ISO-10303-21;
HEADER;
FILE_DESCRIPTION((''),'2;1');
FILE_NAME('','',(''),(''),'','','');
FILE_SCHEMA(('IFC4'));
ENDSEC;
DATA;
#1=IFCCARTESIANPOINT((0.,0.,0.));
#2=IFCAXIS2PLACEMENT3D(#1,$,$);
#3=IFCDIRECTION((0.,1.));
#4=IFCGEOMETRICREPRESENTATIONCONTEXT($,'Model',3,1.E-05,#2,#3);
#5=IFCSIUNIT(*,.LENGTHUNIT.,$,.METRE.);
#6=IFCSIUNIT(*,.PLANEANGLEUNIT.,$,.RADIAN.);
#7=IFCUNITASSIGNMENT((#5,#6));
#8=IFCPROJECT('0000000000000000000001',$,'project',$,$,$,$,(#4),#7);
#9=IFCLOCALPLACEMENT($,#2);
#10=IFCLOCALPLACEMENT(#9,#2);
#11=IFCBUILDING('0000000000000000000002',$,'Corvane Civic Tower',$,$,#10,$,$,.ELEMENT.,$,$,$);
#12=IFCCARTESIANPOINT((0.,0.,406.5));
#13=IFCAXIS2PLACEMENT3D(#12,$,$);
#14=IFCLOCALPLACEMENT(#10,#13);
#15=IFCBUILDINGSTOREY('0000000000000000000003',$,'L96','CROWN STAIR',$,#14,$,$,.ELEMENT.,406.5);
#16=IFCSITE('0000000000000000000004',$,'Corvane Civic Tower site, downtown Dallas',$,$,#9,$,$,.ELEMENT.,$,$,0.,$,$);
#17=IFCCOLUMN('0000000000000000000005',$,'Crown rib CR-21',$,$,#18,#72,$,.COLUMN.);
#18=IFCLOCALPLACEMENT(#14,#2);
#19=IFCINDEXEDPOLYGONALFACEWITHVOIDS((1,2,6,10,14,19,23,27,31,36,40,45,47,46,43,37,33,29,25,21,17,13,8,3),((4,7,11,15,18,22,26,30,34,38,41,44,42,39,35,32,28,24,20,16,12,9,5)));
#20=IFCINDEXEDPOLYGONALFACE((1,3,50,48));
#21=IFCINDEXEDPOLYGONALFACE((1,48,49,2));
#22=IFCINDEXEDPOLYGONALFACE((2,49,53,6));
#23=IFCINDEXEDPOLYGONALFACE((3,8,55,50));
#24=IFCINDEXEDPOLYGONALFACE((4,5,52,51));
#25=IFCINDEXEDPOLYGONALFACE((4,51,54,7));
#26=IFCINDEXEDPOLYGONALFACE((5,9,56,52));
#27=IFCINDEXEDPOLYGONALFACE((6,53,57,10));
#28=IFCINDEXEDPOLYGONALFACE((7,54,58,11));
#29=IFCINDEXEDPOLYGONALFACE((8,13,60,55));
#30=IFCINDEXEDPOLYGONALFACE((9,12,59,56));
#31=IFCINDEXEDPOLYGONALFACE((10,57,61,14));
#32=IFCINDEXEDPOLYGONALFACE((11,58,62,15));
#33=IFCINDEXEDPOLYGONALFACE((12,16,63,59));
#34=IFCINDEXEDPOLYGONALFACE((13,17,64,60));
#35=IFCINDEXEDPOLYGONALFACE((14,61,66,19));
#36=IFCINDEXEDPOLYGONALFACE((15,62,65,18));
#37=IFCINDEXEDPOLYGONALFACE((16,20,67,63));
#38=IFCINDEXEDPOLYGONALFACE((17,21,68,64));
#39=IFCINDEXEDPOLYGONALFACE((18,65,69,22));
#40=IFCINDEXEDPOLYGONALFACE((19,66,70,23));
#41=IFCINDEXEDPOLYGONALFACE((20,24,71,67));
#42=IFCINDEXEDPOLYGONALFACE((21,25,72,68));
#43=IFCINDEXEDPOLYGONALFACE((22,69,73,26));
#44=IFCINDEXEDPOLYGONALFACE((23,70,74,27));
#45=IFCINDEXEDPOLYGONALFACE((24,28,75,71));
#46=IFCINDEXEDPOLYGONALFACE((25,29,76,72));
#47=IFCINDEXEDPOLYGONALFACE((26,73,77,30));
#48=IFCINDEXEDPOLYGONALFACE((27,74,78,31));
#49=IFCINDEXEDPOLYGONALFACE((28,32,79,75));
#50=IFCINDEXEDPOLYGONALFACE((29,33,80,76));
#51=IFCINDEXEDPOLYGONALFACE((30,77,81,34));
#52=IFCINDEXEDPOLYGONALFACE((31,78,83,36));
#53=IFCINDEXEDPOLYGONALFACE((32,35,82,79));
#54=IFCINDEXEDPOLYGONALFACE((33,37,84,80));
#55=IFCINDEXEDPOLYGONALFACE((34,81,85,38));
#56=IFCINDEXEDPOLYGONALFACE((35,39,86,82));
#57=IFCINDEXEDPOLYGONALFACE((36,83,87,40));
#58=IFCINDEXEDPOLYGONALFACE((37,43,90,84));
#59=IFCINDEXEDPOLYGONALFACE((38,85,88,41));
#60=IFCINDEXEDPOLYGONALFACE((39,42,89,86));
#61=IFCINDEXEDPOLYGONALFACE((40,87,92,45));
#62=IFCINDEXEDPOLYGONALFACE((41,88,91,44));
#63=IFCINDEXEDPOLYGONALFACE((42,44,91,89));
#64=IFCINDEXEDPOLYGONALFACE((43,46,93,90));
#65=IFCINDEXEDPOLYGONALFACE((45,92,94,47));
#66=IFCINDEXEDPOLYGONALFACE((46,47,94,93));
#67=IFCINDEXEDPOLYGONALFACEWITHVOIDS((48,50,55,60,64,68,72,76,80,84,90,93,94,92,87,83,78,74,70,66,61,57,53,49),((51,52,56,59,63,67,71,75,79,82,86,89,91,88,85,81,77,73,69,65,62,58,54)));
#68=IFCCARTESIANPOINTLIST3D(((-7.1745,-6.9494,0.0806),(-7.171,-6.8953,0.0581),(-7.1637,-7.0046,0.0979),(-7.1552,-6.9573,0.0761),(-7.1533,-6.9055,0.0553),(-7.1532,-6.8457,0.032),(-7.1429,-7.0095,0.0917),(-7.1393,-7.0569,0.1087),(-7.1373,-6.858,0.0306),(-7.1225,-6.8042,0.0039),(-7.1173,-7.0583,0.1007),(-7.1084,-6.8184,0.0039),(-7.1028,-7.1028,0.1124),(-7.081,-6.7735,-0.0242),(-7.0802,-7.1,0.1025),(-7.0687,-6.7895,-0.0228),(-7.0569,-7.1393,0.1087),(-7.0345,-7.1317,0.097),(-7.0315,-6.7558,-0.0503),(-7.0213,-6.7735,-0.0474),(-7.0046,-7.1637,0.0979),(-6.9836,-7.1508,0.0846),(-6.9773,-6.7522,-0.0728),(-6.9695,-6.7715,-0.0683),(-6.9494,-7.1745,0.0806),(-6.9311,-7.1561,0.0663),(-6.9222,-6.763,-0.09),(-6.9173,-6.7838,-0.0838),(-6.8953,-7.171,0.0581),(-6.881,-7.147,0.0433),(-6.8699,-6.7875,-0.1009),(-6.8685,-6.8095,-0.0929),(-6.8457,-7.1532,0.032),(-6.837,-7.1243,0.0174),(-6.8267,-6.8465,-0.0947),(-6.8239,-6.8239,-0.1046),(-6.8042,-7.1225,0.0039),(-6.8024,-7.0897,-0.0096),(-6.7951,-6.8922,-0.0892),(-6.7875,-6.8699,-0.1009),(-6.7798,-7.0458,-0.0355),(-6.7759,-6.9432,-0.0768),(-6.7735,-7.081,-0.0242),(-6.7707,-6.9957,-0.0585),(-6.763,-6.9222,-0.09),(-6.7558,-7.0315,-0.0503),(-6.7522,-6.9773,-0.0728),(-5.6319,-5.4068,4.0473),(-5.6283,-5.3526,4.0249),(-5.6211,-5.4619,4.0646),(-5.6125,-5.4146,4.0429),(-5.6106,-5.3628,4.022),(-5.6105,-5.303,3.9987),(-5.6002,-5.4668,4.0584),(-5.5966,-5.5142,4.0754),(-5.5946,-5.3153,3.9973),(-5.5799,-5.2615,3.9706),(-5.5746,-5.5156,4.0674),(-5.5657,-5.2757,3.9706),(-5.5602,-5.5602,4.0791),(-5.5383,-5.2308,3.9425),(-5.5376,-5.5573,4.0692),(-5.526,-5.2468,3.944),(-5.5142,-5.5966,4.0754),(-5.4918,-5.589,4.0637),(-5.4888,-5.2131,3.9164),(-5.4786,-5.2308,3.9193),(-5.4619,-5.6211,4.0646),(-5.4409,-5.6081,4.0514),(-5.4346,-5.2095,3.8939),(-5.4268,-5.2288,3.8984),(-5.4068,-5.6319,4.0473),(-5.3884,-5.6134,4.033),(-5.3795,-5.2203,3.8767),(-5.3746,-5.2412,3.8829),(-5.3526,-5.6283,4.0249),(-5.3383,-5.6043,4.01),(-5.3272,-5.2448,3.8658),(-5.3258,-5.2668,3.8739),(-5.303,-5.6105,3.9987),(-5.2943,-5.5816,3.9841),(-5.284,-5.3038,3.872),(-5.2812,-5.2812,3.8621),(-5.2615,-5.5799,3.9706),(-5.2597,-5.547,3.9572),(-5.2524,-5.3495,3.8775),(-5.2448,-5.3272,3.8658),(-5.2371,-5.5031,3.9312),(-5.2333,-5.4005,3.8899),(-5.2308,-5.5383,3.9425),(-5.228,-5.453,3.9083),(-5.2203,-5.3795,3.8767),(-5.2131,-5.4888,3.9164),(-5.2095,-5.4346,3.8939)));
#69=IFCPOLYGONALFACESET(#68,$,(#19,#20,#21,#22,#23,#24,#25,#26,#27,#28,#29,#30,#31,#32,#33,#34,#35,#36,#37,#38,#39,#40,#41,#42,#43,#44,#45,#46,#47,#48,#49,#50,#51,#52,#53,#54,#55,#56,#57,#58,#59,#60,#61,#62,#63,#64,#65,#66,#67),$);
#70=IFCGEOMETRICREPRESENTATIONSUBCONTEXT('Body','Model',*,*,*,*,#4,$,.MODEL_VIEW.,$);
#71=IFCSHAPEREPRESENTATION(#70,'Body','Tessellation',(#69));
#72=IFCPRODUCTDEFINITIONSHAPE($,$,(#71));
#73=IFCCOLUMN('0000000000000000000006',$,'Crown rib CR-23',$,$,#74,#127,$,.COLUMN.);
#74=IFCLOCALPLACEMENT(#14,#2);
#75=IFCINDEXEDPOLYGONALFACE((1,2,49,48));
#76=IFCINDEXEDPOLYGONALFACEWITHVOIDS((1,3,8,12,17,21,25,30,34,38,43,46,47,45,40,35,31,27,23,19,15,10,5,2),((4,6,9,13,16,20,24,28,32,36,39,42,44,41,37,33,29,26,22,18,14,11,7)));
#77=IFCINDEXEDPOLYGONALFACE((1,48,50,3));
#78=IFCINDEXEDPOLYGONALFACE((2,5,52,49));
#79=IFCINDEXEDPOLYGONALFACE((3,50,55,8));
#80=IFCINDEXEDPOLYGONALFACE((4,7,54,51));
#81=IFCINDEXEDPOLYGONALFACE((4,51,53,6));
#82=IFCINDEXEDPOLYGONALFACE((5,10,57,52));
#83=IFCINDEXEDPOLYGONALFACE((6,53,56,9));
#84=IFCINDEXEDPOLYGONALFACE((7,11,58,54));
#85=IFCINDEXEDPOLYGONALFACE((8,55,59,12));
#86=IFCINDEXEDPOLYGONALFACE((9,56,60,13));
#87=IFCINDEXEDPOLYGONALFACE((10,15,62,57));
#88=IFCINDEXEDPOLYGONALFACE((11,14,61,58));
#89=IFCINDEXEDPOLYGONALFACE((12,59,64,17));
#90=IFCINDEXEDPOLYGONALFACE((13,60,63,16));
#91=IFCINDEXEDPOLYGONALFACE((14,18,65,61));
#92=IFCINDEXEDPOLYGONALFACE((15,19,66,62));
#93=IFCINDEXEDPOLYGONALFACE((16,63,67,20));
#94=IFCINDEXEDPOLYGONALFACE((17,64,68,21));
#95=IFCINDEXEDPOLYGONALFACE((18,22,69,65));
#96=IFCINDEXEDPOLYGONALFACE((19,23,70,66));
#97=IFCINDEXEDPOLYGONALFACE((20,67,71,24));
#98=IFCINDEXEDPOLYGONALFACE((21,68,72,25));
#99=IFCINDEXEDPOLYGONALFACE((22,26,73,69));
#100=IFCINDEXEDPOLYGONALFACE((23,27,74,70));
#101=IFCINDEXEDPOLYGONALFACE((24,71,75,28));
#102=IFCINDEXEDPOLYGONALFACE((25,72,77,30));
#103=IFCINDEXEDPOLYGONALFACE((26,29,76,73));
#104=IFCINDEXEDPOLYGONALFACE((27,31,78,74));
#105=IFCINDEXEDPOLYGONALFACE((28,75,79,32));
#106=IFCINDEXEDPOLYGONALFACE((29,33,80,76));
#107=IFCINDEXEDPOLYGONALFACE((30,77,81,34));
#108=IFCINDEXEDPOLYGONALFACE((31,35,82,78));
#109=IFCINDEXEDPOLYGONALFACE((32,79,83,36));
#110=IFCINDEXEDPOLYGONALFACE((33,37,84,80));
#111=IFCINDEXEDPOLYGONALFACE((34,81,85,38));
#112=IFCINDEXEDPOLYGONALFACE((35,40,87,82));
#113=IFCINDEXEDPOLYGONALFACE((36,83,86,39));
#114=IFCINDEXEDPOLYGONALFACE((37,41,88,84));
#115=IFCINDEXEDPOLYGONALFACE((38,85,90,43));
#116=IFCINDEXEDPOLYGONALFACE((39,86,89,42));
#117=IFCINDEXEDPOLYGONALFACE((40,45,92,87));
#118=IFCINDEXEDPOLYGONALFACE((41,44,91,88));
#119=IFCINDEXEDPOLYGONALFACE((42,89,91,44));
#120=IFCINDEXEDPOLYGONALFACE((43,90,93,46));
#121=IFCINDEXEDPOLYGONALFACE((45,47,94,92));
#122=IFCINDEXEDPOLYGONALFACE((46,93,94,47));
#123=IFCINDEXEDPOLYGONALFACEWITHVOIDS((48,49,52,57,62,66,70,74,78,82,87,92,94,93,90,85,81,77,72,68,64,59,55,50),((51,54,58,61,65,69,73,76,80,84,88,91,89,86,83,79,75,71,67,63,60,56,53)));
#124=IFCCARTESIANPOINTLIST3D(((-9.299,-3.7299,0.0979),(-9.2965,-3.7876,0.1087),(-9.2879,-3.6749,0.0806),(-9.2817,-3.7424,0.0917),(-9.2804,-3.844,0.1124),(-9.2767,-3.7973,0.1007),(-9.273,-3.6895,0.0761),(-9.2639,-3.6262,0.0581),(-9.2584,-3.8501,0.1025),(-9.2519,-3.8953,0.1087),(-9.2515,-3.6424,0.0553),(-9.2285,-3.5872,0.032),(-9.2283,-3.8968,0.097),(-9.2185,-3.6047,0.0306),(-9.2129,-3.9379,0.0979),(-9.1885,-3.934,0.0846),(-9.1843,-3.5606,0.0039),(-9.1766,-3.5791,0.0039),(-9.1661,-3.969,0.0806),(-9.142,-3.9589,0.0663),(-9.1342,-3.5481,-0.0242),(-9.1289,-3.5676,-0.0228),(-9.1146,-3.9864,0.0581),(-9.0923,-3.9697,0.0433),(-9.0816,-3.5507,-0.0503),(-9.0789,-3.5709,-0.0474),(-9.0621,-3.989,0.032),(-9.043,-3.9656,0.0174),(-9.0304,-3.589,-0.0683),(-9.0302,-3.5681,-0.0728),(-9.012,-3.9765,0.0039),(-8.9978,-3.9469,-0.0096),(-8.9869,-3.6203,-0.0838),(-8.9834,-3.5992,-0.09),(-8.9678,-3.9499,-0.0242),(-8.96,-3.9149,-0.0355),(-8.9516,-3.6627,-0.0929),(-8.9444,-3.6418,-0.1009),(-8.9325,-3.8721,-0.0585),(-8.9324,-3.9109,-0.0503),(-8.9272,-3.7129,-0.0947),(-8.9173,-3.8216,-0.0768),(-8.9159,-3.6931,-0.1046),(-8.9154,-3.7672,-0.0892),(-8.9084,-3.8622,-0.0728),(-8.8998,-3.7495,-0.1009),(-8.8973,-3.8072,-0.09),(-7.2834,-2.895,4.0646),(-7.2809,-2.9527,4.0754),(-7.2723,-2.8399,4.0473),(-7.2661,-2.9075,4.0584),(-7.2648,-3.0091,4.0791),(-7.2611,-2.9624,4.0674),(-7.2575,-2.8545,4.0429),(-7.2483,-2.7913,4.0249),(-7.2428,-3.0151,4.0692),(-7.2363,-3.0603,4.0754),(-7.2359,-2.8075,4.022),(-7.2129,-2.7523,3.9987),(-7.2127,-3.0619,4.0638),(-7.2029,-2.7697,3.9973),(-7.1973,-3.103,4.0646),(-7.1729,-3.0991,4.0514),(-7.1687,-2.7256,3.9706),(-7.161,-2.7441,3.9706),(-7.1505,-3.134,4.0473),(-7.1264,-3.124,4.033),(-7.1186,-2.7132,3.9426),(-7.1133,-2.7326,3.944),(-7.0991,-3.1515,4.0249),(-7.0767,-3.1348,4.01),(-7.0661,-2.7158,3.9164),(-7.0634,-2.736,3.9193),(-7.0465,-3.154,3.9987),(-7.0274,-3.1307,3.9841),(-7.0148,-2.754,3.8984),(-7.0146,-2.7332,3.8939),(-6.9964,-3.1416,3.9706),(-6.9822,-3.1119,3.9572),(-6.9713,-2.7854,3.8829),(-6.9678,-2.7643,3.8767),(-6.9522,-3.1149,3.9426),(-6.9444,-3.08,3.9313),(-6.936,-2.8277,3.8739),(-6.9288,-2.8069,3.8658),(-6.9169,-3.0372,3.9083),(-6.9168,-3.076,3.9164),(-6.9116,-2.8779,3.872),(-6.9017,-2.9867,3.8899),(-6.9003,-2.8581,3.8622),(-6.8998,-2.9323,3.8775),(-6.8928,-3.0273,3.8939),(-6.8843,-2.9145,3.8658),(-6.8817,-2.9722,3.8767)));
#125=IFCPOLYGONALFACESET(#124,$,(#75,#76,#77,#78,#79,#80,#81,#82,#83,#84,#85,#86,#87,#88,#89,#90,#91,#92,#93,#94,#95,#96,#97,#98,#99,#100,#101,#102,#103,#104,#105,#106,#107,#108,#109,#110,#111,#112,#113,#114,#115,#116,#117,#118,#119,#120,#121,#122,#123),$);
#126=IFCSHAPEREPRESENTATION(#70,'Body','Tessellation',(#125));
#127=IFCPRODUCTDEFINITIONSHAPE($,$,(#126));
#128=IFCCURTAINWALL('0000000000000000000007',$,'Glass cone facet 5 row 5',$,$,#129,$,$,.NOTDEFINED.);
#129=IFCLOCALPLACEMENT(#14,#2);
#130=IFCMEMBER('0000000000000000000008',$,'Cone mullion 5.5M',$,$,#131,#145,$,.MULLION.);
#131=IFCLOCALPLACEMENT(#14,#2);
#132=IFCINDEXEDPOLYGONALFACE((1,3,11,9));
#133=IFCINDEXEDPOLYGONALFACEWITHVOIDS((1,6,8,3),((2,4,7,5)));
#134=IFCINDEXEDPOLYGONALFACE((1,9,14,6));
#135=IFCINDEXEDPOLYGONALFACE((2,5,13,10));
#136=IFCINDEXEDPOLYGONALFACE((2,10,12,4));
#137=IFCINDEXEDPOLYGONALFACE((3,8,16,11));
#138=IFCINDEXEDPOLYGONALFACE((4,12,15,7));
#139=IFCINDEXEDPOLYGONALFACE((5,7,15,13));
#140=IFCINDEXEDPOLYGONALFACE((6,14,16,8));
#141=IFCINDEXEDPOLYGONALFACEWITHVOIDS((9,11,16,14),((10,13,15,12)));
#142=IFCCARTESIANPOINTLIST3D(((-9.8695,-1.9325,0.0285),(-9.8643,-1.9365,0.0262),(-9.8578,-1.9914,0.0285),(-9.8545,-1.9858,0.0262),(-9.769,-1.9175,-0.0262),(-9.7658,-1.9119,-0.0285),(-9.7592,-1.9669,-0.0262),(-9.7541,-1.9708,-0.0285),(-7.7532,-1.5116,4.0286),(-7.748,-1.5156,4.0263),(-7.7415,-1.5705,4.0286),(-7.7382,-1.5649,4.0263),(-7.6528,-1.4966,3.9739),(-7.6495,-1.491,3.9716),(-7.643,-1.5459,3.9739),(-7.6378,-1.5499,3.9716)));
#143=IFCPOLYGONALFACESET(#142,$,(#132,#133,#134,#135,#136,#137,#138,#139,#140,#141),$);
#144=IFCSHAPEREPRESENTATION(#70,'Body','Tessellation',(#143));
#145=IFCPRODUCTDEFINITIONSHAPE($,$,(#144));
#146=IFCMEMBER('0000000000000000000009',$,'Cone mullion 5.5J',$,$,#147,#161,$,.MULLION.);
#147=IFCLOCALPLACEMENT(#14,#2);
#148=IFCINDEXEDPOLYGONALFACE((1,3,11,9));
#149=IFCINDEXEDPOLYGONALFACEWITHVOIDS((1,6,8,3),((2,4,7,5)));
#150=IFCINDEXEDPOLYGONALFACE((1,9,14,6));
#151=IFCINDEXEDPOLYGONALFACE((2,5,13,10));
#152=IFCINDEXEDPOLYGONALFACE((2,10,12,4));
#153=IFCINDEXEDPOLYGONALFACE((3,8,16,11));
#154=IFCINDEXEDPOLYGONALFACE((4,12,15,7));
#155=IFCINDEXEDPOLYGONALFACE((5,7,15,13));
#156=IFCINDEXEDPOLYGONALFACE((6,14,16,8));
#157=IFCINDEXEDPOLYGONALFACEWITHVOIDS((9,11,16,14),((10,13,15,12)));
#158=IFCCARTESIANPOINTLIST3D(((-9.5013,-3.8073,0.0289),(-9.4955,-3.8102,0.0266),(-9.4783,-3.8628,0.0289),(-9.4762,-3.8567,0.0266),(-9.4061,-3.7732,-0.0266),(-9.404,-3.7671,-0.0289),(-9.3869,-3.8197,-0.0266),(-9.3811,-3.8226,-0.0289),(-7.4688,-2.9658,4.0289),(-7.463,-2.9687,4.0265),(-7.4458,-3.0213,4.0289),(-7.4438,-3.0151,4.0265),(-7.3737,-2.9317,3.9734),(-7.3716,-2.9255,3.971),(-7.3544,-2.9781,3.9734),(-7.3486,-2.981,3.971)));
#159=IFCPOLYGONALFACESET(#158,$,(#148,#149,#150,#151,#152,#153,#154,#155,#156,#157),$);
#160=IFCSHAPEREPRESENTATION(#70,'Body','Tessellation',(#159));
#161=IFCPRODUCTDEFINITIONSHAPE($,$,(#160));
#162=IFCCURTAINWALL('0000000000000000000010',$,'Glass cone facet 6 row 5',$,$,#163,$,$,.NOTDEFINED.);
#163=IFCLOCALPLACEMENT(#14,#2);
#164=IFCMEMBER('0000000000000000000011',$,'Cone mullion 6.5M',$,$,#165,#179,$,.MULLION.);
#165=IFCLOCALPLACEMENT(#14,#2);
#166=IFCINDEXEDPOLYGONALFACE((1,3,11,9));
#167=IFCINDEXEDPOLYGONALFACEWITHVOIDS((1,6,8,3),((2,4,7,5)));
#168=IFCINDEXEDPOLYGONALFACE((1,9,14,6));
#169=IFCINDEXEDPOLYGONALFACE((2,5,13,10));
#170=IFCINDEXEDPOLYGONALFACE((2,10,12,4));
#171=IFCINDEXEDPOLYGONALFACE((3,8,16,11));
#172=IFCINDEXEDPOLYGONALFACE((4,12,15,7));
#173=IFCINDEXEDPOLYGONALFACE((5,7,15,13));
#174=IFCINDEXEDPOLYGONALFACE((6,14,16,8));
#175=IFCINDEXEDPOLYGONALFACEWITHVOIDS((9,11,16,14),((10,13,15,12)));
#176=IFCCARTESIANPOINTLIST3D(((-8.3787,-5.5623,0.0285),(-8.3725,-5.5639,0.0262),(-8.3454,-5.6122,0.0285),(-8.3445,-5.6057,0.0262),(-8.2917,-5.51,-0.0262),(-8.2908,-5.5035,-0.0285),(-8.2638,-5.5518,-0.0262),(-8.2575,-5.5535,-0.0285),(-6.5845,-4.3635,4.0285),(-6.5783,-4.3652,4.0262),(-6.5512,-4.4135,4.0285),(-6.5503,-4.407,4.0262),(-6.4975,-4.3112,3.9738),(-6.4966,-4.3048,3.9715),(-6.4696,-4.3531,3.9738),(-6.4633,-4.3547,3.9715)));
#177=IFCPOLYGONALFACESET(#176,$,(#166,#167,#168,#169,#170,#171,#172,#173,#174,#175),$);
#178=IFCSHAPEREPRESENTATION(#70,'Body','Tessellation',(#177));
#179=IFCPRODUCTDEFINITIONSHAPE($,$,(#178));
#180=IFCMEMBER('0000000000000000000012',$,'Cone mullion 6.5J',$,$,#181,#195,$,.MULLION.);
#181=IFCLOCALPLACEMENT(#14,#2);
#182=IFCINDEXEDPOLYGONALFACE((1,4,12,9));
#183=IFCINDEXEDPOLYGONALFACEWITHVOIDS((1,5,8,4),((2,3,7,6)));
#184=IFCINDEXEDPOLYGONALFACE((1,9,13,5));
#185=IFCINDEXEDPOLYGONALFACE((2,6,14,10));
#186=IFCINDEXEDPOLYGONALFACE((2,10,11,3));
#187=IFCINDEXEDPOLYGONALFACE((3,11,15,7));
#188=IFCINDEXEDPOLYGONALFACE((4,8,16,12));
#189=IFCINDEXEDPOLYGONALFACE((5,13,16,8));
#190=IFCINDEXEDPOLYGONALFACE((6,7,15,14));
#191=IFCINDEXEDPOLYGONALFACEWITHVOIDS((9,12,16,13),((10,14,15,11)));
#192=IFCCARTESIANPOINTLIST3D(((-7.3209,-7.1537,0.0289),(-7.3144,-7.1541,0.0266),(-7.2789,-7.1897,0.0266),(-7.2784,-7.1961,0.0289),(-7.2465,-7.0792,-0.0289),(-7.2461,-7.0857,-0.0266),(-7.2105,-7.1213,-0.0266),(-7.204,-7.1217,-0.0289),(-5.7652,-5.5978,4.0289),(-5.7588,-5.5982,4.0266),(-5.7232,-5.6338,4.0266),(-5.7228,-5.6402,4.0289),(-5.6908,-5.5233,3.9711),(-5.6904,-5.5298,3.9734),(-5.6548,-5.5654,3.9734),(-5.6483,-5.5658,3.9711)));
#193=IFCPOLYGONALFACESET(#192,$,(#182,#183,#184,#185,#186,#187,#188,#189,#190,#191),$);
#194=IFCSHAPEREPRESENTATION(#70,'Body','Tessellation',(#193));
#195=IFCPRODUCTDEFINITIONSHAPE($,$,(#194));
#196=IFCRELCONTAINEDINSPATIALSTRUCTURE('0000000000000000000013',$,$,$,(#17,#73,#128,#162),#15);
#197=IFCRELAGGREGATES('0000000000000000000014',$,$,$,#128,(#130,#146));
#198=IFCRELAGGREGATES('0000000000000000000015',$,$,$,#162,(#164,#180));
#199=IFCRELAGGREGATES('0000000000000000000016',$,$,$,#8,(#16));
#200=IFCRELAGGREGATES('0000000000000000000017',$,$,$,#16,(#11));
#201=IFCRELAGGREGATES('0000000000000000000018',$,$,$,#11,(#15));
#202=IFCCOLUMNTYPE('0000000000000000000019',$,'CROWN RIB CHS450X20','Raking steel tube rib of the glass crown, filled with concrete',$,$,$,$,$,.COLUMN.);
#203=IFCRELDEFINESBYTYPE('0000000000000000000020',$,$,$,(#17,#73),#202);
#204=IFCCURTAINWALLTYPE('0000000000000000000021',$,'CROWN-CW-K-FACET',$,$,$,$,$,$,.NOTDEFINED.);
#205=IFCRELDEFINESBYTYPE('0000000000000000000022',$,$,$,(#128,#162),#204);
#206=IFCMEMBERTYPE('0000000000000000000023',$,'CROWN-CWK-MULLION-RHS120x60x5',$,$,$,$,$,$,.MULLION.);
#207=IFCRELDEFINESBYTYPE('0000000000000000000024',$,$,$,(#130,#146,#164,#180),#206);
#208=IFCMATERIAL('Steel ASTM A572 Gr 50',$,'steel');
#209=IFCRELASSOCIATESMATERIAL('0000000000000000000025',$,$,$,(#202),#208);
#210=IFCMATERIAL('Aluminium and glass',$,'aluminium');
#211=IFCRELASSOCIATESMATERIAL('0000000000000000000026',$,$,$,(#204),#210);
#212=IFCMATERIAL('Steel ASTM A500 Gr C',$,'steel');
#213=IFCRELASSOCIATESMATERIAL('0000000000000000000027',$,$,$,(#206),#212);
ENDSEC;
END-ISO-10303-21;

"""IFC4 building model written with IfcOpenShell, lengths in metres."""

from ifc_helpers import new_model, si_unit, direction, frame, origin, origin_2d, place, context, subcontext, project, spatial, hollow_rectangle, hollow_circle, extrude, material, material_profile, profile_set, type_object, element, aggregate, save


model = new_model("IFC4")

# Units and contexts
model_context = context("Model", 3, precision=1e-05, world=origin(), true_north=direction((0.0, 1.0)))
body_context = subcontext(model_context, "Body", "Model", "MODEL_VIEW")
ifc_project = project(units=[si_unit("LENGTHUNIT", "METRE"), si_unit("PLANEANGLEUNIT", "RADIAN")], contexts=[model_context])

# Site, building, storey
site_placement = place(None, origin())
site = spatial("IfcSite", under=ifc_project, at=site_placement, Name="Corvane Civic Tower site, downtown Dallas", CompositionType="ELEMENT", RefElevation=0.0)
building_placement = place(site_placement, origin())
building = spatial("IfcBuilding", under=site, at=building_placement, Name="Corvane Civic Tower", CompositionType="ELEMENT")
storey_placement = place(building_placement, frame((0.0, 0.0, 406.5)))
storey = spatial("IfcBuildingStorey", under=building, at=storey_placement, Name="L96", Description="CROWN STAIR", CompositionType="ELEMENT", Elevation=406.5)

# Columns
ifc_material_1 = material(Name="Steel ASTM A572 Gr 50", Category="steel")
ifc_material_profile_1 = material_profile(ifc_material_1, hollow_circle(Radius=0.2251, WallThickness=0.02, at=origin_2d()), Name="CHS450X20")
ifc_profile_set_1 = profile_set([ifc_material_profile_1], Name="Steel ASTM A572 Gr 50")
column_type = type_object("IfcColumnType", Name="CROWN RIB CHS450X20", Description="Raking steel tube rib of the glass crown, filled with concrete", PredefinedType="COLUMN", material=ifc_profile_set_1)
for number, where, z_axis, x_axis, name in (
    (1, (-6.9634, -6.9634, 0.0039), (0.340768, 0.340768, 0.876216), (-0.707107, 0.707107, 0.0), "Crown rib CR-21"),
    (2, (-9.0981, -3.7686, 0.0039), (0.445227, 0.184433, 0.876218), (-0.382708, 0.92387, 0.0), "Crown rib CR-23"),
):
    element("IfcColumn", number, at=place(storey_placement, frame(where, z_axis=z_axis, x_axis=x_axis)), inside=storey, type_object=column_type, Name=name, PredefinedType="COLUMN", context=body_context, shape_type="SweptSolid", body=[
        extrude(hollow_circle(Radius=0.2251, WallThickness=0.02, at=origin_2d()), origin(), (0.0, 0.0, 1.0), 4.5271),
    ])

# Curtain walls, members
ifc_material_2 = material(Name="Aluminium and glass", Category="aluminium")
curtain_wall_type = type_object("IfcCurtainWallType", Name="CROWN-CW-K-FACET", PredefinedType="NOTDEFINED", material=ifc_material_2)
curtain_wall_1_placement = place(storey_placement, origin())
curtain_wall_1 = element("IfcCurtainWall", 3, at=curtain_wall_1_placement, inside=storey, type_object=curtain_wall_type, Name="Glass cone facet 5 row 5", PredefinedType="NOTDEFINED")
ifc_material_3 = material(Name="Steel ASTM A500 Gr C", Category="steel")
ifc_material_profile_2 = material_profile(ifc_material_3, hollow_rectangle(XDim=0.0601, YDim=0.1201, WallThickness=0.0049, at=origin_2d()), Name="RHS 120x60x5")
ifc_profile_set_2 = profile_set([ifc_material_profile_2], Name="Steel ASTM A500 Gr C")
member_type_1 = type_object("IfcMemberType", Name="CROWN-CWK-MULLION-RHS120x60x5", PredefinedType="MULLION", material=ifc_profile_set_2)
member_1_placement = place(storey_placement, frame((-9.8118, -1.9517, 0.0), z_axis=(0.46563, 0.09261, 0.88012), x_axis=(-0.195072, 0.980789, 0.0)))
member_1 = element("IfcMember", 4, at=member_1_placement, type_object=member_type_1, Name="Cone mullion 5.5M", PredefinedType="MULLION", context=body_context, shape_type="SweptSolid", body=[
    extrude(hollow_rectangle(XDim=0.0601, YDim=0.1201, WallThickness=0.0049, at=origin_2d()), origin(), (0.0, 0.0, 1.0), 4.5449),
])
member_2_placement = place(storey_placement, frame((-9.4412, -3.8149, 0.0), z_axis=(0.44523, 0.184349, 0.876234), x_axis=(-0.382558, 0.923932, 0.0)))
member_2 = element("IfcMember", 5, at=member_2_placement, type_object=member_type_1, Name="Cone mullion 5.5J", PredefinedType="MULLION", context=body_context, shape_type="SweptSolid", body=[
    extrude(hollow_rectangle(XDim=0.0601, YDim=0.1201, WallThickness=0.0049, at=origin_2d()), origin(), (0.0, 0.0, 1.0), 4.5649),
])
curtain_wall_2_placement = place(storey_placement, origin())
curtain_wall_2 = element("IfcCurtainWall", 6, at=curtain_wall_2_placement, inside=storey, type_object=curtain_wall_type, Name="Glass cone facet 6 row 5", PredefinedType="NOTDEFINED")
member_3_placement = place(storey_placement, frame((-8.3181, -5.5579, 0.0), z_axis=(0.39477, 0.263753, 0.880108), x_axis=(-0.555535, 0.831493, 0.0)))
member_3 = element("IfcMember", 7, at=member_3_placement, type_object=member_type_1, Name="Cone mullion 6.5M", PredefinedType="MULLION", context=body_context, shape_type="SweptSolid", body=[
    extrude(hollow_rectangle(XDim=0.0601, YDim=0.1201, WallThickness=0.0049, at=origin_2d()), origin(), (0.0, 0.0, 1.0), 4.5449),
])
member_4_placement = place(storey_placement, frame((-7.2625, -7.1377, 0.0), z_axis=(0.340767, 0.34082, 0.876196), x_axis=(-0.707162, 0.707051, 0.0)))
member_4 = element("IfcMember", 8, at=member_4_placement, type_object=member_type_1, Name="Cone mullion 6.5J", PredefinedType="MULLION", context=body_context, shape_type="SweptSolid", body=[
    extrude(hollow_rectangle(XDim=0.0601, YDim=0.1201, WallThickness=0.0049, at=origin_2d()), origin(), (0.0, 0.0, 1.0), 4.5652),
])

aggregate(curtain_wall_1, [member_1, member_2])

aggregate(curtain_wall_2, [member_3, member_4])

save(model, "model.ifc")
